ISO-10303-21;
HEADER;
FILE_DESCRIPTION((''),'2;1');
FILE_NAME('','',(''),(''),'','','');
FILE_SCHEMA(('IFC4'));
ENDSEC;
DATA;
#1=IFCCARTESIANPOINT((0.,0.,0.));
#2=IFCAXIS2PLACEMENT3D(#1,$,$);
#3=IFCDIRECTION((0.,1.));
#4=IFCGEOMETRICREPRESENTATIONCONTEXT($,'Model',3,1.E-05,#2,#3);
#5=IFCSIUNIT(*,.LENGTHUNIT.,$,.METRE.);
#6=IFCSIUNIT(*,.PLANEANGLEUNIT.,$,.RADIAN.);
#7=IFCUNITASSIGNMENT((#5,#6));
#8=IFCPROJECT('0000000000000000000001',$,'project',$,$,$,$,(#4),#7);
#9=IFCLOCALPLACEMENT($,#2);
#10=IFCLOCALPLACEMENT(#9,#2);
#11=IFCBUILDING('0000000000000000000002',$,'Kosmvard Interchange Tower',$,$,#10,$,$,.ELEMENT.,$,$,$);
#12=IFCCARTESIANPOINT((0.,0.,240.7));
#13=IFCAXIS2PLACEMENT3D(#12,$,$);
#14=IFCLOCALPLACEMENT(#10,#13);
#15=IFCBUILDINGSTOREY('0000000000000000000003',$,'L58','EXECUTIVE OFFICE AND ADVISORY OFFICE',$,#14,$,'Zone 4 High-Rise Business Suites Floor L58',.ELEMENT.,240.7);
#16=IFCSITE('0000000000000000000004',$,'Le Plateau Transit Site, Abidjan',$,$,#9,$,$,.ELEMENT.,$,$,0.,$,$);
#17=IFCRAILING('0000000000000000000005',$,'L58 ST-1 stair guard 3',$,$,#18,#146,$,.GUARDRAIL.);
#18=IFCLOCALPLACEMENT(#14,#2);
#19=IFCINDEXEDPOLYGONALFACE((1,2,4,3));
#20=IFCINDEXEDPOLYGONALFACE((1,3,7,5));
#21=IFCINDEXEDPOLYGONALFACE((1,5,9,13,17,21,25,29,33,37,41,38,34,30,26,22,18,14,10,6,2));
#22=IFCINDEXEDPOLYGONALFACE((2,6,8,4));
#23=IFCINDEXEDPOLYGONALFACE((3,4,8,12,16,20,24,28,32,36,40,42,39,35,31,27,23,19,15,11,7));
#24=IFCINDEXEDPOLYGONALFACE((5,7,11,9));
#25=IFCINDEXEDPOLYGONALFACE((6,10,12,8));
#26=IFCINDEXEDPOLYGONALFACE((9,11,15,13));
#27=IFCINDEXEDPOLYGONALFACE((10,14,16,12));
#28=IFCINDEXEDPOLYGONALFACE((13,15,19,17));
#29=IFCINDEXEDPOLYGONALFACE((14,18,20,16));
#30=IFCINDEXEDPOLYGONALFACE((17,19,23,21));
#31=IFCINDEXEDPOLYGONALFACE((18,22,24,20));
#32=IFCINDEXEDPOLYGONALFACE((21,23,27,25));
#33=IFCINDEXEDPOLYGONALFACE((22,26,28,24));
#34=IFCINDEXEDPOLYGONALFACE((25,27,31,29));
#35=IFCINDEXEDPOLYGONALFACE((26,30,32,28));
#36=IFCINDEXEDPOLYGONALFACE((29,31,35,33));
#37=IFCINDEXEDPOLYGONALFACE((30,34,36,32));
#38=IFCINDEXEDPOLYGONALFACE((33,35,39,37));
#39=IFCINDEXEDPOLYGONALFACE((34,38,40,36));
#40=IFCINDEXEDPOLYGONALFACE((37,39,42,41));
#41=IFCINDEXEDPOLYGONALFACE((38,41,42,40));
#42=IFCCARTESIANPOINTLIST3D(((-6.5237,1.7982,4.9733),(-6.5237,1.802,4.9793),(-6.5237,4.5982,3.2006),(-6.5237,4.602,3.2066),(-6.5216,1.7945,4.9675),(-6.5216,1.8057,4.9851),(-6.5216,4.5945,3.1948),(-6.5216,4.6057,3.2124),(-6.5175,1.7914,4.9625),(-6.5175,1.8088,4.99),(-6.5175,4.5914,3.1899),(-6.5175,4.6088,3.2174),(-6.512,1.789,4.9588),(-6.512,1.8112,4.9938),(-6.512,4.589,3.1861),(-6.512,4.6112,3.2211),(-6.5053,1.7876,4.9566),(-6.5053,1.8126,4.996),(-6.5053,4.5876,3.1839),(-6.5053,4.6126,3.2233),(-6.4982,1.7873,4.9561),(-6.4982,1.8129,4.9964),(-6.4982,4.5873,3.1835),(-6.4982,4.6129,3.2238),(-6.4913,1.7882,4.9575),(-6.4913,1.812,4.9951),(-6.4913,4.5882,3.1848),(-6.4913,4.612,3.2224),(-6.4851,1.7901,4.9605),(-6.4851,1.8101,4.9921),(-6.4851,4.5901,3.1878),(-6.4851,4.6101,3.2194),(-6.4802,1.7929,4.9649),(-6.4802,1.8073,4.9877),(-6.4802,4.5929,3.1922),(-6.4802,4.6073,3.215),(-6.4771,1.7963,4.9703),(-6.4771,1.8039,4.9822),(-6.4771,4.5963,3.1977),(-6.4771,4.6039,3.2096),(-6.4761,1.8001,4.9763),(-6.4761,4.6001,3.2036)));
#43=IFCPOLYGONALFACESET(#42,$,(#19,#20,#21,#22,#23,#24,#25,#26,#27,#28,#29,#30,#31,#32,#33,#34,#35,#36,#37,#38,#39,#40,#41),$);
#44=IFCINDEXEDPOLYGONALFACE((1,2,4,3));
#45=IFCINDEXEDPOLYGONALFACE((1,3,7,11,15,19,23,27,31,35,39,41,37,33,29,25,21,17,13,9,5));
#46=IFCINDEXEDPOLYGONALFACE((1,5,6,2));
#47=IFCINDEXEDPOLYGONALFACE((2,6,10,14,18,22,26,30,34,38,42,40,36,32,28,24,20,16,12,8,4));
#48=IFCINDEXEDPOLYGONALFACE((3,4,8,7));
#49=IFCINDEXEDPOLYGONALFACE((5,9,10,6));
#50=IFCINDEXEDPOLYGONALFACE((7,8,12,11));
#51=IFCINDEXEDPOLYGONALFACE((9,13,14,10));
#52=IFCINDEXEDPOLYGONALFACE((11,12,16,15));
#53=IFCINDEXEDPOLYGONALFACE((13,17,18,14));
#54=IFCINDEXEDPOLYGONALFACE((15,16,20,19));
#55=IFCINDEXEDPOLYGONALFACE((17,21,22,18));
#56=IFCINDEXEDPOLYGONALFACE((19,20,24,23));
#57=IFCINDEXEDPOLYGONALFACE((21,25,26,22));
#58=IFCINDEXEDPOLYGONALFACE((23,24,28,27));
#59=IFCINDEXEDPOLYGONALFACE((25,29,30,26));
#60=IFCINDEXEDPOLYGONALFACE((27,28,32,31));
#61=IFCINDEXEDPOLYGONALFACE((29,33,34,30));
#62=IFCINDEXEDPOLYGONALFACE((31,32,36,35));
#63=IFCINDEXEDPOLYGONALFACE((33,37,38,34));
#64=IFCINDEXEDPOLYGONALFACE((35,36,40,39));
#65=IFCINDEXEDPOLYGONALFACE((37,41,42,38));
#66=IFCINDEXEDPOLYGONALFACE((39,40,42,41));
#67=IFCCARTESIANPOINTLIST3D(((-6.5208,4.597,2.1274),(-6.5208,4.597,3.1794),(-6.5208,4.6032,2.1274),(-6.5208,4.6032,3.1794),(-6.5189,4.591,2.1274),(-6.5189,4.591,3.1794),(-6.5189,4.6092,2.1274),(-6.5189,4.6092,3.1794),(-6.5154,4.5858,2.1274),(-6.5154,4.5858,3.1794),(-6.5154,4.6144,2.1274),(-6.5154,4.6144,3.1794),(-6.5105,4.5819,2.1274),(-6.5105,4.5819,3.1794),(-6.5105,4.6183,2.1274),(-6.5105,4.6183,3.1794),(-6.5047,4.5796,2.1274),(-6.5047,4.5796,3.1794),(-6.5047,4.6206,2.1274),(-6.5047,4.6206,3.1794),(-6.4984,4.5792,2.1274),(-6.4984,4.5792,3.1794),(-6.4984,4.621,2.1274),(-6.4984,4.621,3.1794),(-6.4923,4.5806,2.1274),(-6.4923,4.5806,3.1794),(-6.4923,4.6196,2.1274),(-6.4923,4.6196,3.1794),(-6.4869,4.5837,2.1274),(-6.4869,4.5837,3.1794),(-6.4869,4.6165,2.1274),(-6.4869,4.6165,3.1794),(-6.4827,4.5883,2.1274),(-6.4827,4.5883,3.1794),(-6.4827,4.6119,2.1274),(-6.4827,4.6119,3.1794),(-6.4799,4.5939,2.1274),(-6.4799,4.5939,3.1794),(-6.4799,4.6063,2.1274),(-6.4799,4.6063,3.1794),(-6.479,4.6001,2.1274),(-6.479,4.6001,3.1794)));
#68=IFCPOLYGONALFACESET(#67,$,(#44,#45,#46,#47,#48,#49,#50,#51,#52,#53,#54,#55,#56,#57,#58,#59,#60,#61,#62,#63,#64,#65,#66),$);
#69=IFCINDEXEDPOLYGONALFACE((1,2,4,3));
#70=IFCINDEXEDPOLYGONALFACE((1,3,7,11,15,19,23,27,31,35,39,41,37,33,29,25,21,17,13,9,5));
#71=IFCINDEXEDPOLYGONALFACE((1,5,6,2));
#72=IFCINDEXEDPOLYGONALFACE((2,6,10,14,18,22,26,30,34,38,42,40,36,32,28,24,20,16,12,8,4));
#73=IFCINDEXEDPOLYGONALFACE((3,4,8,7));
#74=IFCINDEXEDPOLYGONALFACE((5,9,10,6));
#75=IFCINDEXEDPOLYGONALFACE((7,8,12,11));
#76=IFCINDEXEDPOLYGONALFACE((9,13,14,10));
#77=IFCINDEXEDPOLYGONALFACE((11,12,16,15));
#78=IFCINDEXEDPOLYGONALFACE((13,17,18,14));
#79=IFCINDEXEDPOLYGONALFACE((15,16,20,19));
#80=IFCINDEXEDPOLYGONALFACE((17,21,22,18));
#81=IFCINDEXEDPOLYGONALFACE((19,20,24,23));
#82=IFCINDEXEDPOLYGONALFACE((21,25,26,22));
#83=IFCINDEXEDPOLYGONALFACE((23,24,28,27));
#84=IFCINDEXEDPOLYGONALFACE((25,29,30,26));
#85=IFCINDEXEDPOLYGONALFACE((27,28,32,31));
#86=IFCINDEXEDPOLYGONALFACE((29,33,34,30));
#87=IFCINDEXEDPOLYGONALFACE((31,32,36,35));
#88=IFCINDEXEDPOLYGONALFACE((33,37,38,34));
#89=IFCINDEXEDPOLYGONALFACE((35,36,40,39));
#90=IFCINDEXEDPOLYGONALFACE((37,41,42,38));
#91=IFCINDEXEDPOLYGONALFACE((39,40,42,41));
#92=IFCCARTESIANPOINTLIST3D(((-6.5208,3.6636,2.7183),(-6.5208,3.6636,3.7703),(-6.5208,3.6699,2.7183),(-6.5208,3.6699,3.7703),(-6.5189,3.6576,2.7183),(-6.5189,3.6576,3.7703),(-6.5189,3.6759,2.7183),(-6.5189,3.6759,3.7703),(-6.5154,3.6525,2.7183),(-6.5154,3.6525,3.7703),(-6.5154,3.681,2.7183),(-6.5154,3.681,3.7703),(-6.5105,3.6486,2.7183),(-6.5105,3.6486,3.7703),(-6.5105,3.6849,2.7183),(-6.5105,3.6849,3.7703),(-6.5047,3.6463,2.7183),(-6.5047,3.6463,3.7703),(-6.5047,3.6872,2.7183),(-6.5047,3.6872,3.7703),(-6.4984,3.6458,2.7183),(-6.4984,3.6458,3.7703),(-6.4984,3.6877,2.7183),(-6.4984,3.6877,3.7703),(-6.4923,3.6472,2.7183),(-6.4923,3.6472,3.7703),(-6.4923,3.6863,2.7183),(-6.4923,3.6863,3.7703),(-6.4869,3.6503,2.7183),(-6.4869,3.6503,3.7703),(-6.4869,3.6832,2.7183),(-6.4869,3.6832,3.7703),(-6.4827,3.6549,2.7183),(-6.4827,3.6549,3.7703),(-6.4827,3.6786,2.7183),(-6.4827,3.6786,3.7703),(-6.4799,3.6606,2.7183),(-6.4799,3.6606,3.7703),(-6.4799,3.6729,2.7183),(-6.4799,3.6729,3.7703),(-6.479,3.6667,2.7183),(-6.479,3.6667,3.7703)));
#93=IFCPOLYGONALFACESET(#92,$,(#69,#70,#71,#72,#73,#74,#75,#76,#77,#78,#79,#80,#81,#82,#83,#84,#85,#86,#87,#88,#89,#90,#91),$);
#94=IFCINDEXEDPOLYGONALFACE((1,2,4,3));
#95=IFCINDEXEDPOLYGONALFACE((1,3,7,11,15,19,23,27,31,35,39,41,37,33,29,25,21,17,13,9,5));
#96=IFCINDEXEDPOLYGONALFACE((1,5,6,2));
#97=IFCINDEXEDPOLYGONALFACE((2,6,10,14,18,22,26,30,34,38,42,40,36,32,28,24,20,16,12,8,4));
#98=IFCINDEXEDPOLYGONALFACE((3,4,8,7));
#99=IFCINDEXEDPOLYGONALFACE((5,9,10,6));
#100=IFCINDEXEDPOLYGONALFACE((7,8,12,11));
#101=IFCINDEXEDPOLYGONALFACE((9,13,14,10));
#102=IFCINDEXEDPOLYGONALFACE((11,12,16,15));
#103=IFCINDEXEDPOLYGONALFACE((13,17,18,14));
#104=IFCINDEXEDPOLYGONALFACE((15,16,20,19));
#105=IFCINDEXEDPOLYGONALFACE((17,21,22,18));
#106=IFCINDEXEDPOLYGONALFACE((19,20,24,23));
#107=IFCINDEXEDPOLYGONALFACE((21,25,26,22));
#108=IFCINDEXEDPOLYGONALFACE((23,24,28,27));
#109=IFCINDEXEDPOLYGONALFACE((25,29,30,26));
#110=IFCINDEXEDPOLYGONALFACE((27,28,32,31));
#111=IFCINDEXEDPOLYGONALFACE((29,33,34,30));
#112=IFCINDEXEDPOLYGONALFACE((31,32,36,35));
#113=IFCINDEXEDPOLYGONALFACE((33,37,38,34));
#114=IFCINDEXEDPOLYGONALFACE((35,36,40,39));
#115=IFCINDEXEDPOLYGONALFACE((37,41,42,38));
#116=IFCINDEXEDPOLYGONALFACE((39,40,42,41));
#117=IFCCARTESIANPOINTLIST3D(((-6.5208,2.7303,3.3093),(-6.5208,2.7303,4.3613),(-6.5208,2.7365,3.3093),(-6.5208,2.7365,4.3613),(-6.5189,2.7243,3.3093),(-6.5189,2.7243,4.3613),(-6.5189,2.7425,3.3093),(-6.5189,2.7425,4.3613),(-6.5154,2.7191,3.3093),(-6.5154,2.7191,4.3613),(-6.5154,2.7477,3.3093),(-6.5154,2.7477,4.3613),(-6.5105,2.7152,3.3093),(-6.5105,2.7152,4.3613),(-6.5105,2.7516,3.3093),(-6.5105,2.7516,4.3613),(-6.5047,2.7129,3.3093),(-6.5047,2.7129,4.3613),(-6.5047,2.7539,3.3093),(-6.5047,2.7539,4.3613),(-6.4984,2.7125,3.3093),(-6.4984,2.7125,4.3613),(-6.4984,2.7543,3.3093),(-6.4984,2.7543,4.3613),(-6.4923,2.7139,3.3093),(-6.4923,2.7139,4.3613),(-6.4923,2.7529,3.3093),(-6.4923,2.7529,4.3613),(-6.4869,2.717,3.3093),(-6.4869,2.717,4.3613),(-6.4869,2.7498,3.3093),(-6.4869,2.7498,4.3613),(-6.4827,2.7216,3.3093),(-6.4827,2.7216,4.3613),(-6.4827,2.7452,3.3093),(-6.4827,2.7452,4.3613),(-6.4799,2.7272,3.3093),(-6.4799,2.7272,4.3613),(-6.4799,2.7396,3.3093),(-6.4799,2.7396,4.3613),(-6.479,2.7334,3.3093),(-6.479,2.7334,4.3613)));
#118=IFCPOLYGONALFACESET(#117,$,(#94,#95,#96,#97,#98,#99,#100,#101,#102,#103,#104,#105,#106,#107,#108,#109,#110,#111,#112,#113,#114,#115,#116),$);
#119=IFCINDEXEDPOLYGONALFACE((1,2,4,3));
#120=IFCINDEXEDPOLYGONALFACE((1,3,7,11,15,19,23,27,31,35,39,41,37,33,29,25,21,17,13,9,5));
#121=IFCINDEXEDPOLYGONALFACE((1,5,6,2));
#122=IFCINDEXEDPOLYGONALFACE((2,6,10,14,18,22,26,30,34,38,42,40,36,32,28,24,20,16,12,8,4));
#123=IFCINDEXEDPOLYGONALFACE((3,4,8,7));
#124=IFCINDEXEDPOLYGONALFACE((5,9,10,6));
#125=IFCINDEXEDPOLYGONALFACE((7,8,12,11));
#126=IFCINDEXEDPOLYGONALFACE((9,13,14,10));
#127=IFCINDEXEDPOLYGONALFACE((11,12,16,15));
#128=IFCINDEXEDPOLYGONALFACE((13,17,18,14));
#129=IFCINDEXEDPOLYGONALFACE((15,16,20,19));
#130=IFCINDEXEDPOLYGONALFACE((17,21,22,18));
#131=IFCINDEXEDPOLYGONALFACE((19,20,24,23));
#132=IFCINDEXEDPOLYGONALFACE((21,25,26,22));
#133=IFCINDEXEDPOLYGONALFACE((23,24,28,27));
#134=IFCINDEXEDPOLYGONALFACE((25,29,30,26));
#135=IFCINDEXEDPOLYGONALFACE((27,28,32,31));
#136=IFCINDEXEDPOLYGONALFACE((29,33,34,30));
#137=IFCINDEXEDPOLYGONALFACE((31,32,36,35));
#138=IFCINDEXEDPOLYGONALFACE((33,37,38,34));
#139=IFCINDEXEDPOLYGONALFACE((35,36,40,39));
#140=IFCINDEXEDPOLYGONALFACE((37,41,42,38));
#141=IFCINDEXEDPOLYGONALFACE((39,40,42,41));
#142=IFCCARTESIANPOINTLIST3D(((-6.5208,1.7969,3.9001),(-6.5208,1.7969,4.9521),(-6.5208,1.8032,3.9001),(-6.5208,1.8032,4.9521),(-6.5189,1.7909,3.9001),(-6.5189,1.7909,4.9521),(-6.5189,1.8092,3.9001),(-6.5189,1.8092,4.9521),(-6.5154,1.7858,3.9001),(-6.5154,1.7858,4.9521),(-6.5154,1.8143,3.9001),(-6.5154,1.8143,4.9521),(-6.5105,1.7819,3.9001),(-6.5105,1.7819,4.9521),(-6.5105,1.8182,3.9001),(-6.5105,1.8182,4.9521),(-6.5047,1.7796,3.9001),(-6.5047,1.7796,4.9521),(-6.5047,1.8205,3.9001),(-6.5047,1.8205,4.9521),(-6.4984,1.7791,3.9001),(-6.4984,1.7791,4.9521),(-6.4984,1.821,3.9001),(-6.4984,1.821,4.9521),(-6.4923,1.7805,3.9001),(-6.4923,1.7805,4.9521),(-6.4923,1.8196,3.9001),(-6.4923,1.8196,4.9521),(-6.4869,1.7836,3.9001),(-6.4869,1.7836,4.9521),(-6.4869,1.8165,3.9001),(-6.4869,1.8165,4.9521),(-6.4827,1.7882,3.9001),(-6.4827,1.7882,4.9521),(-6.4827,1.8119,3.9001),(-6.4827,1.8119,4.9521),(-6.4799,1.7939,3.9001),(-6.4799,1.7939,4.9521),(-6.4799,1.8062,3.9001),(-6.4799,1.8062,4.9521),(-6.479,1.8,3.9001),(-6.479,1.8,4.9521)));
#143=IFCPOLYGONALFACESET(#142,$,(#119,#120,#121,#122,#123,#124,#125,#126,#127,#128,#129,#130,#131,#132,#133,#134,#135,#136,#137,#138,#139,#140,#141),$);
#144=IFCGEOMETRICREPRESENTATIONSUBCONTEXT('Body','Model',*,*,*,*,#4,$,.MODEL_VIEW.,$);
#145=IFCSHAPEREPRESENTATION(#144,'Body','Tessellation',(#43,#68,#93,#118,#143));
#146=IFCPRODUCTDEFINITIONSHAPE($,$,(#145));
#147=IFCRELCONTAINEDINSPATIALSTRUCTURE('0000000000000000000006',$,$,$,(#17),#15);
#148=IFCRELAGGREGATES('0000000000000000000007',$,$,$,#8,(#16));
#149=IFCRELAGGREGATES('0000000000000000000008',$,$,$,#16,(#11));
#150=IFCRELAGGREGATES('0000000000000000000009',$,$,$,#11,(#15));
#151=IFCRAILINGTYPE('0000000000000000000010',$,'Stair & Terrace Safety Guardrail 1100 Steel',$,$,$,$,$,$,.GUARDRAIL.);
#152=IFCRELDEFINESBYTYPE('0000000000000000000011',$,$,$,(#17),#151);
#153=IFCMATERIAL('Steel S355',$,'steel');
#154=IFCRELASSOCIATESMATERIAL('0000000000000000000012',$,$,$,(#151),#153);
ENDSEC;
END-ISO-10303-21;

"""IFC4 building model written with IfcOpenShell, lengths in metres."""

from ifc_helpers import new_model, si_unit, direction, frame, origin, origin_2d, place, context, subcontext, project, spatial, circle, extrude, source, transform, mapped, material, type_object, element, save


model = new_model("IFC4")

# Units and contexts
model_context = context("Model", 3, precision=1e-05, world=origin(), true_north=direction((0.0, 1.0)))
body_context = subcontext(model_context, "Body", "Model", "MODEL_VIEW")
ifc_project = project(units=[si_unit("LENGTHUNIT", "METRE"), si_unit("PLANEANGLEUNIT", "RADIAN")], contexts=[model_context])

# Site, building, storey
site_placement = place(None, origin())
site = spatial("IfcSite", under=ifc_project, at=site_placement, Name="Le Plateau Transit Site, Abidjan", CompositionType="ELEMENT", RefElevation=0.0)
building_placement = place(site_placement, origin())
building = spatial("IfcBuilding", under=site, at=building_placement, Name="Kosmvard Interchange Tower", CompositionType="ELEMENT")
storey_placement = place(building_placement, frame((0.0, 0.0, 240.7)))
storey = spatial("IfcBuildingStorey", under=building, at=storey_placement, Name="L58", Description="EXECUTIVE OFFICE AND ADVISORY OFFICE", LongName="Zone 4 High-Rise Business Suites Floor L58", CompositionType="ELEMENT", Elevation=240.7)

# Shared definitions
ifc_material_1 = material(Name="Steel S355", Category="steel")

# Railing
railing_type_1 = type_object("IfcRailingType", Name="Stair & Terrace Safety Guardrail 1100 Steel", PredefinedType="GUARDRAIL", material=ifc_material_1)
shared_shape_1 = source(origin(), body_context, "Body", "SweptSolid", [
    extrude(circle(Radius=0.0239, at=origin_2d()), frame((0.0, 0.0, 1.0762), z_axis=(0.0, -0.844909, 0.53491), x_axis=(1.0, 0.0, 0.0)), (0.0, 0.0, 1.0), 3.314),
    extrude(circle(Radius=0.021, at=origin_2d()), origin(), (0.0, 0.0, 1.0), 1.052),
    extrude(circle(Radius=0.021, at=origin_2d()), frame((0.0, -0.9333, 0.5908)), (0.0, 0.0, 1.0), 1.052),
    extrude(circle(Radius=0.021, at=origin_2d()), frame((0.0, -1.8667, 1.1819)), (0.0, 0.0, 1.0), 1.052),
    extrude(circle(Radius=0.021, at=origin_2d()), frame((0.0, -2.8, 1.7727)), (0.0, 0.0, 1.0), 1.052),
])
railing_1_placement = place(storey_placement, frame((-6.5, 4.6001, 2.1274)))
element("IfcRailing", 1, at=railing_1_placement, inside=storey, type_object=railing_type_1, Name="L58 ST-1 stair guard 3", PredefinedType="GUARDRAIL", context=body_context, shape_type="MappedRepresentation", body=[
    mapped(shared_shape_1, transform((0.0, 0.0, 0.0), scale=1.0)),
])

save(model, "model.ifc")
